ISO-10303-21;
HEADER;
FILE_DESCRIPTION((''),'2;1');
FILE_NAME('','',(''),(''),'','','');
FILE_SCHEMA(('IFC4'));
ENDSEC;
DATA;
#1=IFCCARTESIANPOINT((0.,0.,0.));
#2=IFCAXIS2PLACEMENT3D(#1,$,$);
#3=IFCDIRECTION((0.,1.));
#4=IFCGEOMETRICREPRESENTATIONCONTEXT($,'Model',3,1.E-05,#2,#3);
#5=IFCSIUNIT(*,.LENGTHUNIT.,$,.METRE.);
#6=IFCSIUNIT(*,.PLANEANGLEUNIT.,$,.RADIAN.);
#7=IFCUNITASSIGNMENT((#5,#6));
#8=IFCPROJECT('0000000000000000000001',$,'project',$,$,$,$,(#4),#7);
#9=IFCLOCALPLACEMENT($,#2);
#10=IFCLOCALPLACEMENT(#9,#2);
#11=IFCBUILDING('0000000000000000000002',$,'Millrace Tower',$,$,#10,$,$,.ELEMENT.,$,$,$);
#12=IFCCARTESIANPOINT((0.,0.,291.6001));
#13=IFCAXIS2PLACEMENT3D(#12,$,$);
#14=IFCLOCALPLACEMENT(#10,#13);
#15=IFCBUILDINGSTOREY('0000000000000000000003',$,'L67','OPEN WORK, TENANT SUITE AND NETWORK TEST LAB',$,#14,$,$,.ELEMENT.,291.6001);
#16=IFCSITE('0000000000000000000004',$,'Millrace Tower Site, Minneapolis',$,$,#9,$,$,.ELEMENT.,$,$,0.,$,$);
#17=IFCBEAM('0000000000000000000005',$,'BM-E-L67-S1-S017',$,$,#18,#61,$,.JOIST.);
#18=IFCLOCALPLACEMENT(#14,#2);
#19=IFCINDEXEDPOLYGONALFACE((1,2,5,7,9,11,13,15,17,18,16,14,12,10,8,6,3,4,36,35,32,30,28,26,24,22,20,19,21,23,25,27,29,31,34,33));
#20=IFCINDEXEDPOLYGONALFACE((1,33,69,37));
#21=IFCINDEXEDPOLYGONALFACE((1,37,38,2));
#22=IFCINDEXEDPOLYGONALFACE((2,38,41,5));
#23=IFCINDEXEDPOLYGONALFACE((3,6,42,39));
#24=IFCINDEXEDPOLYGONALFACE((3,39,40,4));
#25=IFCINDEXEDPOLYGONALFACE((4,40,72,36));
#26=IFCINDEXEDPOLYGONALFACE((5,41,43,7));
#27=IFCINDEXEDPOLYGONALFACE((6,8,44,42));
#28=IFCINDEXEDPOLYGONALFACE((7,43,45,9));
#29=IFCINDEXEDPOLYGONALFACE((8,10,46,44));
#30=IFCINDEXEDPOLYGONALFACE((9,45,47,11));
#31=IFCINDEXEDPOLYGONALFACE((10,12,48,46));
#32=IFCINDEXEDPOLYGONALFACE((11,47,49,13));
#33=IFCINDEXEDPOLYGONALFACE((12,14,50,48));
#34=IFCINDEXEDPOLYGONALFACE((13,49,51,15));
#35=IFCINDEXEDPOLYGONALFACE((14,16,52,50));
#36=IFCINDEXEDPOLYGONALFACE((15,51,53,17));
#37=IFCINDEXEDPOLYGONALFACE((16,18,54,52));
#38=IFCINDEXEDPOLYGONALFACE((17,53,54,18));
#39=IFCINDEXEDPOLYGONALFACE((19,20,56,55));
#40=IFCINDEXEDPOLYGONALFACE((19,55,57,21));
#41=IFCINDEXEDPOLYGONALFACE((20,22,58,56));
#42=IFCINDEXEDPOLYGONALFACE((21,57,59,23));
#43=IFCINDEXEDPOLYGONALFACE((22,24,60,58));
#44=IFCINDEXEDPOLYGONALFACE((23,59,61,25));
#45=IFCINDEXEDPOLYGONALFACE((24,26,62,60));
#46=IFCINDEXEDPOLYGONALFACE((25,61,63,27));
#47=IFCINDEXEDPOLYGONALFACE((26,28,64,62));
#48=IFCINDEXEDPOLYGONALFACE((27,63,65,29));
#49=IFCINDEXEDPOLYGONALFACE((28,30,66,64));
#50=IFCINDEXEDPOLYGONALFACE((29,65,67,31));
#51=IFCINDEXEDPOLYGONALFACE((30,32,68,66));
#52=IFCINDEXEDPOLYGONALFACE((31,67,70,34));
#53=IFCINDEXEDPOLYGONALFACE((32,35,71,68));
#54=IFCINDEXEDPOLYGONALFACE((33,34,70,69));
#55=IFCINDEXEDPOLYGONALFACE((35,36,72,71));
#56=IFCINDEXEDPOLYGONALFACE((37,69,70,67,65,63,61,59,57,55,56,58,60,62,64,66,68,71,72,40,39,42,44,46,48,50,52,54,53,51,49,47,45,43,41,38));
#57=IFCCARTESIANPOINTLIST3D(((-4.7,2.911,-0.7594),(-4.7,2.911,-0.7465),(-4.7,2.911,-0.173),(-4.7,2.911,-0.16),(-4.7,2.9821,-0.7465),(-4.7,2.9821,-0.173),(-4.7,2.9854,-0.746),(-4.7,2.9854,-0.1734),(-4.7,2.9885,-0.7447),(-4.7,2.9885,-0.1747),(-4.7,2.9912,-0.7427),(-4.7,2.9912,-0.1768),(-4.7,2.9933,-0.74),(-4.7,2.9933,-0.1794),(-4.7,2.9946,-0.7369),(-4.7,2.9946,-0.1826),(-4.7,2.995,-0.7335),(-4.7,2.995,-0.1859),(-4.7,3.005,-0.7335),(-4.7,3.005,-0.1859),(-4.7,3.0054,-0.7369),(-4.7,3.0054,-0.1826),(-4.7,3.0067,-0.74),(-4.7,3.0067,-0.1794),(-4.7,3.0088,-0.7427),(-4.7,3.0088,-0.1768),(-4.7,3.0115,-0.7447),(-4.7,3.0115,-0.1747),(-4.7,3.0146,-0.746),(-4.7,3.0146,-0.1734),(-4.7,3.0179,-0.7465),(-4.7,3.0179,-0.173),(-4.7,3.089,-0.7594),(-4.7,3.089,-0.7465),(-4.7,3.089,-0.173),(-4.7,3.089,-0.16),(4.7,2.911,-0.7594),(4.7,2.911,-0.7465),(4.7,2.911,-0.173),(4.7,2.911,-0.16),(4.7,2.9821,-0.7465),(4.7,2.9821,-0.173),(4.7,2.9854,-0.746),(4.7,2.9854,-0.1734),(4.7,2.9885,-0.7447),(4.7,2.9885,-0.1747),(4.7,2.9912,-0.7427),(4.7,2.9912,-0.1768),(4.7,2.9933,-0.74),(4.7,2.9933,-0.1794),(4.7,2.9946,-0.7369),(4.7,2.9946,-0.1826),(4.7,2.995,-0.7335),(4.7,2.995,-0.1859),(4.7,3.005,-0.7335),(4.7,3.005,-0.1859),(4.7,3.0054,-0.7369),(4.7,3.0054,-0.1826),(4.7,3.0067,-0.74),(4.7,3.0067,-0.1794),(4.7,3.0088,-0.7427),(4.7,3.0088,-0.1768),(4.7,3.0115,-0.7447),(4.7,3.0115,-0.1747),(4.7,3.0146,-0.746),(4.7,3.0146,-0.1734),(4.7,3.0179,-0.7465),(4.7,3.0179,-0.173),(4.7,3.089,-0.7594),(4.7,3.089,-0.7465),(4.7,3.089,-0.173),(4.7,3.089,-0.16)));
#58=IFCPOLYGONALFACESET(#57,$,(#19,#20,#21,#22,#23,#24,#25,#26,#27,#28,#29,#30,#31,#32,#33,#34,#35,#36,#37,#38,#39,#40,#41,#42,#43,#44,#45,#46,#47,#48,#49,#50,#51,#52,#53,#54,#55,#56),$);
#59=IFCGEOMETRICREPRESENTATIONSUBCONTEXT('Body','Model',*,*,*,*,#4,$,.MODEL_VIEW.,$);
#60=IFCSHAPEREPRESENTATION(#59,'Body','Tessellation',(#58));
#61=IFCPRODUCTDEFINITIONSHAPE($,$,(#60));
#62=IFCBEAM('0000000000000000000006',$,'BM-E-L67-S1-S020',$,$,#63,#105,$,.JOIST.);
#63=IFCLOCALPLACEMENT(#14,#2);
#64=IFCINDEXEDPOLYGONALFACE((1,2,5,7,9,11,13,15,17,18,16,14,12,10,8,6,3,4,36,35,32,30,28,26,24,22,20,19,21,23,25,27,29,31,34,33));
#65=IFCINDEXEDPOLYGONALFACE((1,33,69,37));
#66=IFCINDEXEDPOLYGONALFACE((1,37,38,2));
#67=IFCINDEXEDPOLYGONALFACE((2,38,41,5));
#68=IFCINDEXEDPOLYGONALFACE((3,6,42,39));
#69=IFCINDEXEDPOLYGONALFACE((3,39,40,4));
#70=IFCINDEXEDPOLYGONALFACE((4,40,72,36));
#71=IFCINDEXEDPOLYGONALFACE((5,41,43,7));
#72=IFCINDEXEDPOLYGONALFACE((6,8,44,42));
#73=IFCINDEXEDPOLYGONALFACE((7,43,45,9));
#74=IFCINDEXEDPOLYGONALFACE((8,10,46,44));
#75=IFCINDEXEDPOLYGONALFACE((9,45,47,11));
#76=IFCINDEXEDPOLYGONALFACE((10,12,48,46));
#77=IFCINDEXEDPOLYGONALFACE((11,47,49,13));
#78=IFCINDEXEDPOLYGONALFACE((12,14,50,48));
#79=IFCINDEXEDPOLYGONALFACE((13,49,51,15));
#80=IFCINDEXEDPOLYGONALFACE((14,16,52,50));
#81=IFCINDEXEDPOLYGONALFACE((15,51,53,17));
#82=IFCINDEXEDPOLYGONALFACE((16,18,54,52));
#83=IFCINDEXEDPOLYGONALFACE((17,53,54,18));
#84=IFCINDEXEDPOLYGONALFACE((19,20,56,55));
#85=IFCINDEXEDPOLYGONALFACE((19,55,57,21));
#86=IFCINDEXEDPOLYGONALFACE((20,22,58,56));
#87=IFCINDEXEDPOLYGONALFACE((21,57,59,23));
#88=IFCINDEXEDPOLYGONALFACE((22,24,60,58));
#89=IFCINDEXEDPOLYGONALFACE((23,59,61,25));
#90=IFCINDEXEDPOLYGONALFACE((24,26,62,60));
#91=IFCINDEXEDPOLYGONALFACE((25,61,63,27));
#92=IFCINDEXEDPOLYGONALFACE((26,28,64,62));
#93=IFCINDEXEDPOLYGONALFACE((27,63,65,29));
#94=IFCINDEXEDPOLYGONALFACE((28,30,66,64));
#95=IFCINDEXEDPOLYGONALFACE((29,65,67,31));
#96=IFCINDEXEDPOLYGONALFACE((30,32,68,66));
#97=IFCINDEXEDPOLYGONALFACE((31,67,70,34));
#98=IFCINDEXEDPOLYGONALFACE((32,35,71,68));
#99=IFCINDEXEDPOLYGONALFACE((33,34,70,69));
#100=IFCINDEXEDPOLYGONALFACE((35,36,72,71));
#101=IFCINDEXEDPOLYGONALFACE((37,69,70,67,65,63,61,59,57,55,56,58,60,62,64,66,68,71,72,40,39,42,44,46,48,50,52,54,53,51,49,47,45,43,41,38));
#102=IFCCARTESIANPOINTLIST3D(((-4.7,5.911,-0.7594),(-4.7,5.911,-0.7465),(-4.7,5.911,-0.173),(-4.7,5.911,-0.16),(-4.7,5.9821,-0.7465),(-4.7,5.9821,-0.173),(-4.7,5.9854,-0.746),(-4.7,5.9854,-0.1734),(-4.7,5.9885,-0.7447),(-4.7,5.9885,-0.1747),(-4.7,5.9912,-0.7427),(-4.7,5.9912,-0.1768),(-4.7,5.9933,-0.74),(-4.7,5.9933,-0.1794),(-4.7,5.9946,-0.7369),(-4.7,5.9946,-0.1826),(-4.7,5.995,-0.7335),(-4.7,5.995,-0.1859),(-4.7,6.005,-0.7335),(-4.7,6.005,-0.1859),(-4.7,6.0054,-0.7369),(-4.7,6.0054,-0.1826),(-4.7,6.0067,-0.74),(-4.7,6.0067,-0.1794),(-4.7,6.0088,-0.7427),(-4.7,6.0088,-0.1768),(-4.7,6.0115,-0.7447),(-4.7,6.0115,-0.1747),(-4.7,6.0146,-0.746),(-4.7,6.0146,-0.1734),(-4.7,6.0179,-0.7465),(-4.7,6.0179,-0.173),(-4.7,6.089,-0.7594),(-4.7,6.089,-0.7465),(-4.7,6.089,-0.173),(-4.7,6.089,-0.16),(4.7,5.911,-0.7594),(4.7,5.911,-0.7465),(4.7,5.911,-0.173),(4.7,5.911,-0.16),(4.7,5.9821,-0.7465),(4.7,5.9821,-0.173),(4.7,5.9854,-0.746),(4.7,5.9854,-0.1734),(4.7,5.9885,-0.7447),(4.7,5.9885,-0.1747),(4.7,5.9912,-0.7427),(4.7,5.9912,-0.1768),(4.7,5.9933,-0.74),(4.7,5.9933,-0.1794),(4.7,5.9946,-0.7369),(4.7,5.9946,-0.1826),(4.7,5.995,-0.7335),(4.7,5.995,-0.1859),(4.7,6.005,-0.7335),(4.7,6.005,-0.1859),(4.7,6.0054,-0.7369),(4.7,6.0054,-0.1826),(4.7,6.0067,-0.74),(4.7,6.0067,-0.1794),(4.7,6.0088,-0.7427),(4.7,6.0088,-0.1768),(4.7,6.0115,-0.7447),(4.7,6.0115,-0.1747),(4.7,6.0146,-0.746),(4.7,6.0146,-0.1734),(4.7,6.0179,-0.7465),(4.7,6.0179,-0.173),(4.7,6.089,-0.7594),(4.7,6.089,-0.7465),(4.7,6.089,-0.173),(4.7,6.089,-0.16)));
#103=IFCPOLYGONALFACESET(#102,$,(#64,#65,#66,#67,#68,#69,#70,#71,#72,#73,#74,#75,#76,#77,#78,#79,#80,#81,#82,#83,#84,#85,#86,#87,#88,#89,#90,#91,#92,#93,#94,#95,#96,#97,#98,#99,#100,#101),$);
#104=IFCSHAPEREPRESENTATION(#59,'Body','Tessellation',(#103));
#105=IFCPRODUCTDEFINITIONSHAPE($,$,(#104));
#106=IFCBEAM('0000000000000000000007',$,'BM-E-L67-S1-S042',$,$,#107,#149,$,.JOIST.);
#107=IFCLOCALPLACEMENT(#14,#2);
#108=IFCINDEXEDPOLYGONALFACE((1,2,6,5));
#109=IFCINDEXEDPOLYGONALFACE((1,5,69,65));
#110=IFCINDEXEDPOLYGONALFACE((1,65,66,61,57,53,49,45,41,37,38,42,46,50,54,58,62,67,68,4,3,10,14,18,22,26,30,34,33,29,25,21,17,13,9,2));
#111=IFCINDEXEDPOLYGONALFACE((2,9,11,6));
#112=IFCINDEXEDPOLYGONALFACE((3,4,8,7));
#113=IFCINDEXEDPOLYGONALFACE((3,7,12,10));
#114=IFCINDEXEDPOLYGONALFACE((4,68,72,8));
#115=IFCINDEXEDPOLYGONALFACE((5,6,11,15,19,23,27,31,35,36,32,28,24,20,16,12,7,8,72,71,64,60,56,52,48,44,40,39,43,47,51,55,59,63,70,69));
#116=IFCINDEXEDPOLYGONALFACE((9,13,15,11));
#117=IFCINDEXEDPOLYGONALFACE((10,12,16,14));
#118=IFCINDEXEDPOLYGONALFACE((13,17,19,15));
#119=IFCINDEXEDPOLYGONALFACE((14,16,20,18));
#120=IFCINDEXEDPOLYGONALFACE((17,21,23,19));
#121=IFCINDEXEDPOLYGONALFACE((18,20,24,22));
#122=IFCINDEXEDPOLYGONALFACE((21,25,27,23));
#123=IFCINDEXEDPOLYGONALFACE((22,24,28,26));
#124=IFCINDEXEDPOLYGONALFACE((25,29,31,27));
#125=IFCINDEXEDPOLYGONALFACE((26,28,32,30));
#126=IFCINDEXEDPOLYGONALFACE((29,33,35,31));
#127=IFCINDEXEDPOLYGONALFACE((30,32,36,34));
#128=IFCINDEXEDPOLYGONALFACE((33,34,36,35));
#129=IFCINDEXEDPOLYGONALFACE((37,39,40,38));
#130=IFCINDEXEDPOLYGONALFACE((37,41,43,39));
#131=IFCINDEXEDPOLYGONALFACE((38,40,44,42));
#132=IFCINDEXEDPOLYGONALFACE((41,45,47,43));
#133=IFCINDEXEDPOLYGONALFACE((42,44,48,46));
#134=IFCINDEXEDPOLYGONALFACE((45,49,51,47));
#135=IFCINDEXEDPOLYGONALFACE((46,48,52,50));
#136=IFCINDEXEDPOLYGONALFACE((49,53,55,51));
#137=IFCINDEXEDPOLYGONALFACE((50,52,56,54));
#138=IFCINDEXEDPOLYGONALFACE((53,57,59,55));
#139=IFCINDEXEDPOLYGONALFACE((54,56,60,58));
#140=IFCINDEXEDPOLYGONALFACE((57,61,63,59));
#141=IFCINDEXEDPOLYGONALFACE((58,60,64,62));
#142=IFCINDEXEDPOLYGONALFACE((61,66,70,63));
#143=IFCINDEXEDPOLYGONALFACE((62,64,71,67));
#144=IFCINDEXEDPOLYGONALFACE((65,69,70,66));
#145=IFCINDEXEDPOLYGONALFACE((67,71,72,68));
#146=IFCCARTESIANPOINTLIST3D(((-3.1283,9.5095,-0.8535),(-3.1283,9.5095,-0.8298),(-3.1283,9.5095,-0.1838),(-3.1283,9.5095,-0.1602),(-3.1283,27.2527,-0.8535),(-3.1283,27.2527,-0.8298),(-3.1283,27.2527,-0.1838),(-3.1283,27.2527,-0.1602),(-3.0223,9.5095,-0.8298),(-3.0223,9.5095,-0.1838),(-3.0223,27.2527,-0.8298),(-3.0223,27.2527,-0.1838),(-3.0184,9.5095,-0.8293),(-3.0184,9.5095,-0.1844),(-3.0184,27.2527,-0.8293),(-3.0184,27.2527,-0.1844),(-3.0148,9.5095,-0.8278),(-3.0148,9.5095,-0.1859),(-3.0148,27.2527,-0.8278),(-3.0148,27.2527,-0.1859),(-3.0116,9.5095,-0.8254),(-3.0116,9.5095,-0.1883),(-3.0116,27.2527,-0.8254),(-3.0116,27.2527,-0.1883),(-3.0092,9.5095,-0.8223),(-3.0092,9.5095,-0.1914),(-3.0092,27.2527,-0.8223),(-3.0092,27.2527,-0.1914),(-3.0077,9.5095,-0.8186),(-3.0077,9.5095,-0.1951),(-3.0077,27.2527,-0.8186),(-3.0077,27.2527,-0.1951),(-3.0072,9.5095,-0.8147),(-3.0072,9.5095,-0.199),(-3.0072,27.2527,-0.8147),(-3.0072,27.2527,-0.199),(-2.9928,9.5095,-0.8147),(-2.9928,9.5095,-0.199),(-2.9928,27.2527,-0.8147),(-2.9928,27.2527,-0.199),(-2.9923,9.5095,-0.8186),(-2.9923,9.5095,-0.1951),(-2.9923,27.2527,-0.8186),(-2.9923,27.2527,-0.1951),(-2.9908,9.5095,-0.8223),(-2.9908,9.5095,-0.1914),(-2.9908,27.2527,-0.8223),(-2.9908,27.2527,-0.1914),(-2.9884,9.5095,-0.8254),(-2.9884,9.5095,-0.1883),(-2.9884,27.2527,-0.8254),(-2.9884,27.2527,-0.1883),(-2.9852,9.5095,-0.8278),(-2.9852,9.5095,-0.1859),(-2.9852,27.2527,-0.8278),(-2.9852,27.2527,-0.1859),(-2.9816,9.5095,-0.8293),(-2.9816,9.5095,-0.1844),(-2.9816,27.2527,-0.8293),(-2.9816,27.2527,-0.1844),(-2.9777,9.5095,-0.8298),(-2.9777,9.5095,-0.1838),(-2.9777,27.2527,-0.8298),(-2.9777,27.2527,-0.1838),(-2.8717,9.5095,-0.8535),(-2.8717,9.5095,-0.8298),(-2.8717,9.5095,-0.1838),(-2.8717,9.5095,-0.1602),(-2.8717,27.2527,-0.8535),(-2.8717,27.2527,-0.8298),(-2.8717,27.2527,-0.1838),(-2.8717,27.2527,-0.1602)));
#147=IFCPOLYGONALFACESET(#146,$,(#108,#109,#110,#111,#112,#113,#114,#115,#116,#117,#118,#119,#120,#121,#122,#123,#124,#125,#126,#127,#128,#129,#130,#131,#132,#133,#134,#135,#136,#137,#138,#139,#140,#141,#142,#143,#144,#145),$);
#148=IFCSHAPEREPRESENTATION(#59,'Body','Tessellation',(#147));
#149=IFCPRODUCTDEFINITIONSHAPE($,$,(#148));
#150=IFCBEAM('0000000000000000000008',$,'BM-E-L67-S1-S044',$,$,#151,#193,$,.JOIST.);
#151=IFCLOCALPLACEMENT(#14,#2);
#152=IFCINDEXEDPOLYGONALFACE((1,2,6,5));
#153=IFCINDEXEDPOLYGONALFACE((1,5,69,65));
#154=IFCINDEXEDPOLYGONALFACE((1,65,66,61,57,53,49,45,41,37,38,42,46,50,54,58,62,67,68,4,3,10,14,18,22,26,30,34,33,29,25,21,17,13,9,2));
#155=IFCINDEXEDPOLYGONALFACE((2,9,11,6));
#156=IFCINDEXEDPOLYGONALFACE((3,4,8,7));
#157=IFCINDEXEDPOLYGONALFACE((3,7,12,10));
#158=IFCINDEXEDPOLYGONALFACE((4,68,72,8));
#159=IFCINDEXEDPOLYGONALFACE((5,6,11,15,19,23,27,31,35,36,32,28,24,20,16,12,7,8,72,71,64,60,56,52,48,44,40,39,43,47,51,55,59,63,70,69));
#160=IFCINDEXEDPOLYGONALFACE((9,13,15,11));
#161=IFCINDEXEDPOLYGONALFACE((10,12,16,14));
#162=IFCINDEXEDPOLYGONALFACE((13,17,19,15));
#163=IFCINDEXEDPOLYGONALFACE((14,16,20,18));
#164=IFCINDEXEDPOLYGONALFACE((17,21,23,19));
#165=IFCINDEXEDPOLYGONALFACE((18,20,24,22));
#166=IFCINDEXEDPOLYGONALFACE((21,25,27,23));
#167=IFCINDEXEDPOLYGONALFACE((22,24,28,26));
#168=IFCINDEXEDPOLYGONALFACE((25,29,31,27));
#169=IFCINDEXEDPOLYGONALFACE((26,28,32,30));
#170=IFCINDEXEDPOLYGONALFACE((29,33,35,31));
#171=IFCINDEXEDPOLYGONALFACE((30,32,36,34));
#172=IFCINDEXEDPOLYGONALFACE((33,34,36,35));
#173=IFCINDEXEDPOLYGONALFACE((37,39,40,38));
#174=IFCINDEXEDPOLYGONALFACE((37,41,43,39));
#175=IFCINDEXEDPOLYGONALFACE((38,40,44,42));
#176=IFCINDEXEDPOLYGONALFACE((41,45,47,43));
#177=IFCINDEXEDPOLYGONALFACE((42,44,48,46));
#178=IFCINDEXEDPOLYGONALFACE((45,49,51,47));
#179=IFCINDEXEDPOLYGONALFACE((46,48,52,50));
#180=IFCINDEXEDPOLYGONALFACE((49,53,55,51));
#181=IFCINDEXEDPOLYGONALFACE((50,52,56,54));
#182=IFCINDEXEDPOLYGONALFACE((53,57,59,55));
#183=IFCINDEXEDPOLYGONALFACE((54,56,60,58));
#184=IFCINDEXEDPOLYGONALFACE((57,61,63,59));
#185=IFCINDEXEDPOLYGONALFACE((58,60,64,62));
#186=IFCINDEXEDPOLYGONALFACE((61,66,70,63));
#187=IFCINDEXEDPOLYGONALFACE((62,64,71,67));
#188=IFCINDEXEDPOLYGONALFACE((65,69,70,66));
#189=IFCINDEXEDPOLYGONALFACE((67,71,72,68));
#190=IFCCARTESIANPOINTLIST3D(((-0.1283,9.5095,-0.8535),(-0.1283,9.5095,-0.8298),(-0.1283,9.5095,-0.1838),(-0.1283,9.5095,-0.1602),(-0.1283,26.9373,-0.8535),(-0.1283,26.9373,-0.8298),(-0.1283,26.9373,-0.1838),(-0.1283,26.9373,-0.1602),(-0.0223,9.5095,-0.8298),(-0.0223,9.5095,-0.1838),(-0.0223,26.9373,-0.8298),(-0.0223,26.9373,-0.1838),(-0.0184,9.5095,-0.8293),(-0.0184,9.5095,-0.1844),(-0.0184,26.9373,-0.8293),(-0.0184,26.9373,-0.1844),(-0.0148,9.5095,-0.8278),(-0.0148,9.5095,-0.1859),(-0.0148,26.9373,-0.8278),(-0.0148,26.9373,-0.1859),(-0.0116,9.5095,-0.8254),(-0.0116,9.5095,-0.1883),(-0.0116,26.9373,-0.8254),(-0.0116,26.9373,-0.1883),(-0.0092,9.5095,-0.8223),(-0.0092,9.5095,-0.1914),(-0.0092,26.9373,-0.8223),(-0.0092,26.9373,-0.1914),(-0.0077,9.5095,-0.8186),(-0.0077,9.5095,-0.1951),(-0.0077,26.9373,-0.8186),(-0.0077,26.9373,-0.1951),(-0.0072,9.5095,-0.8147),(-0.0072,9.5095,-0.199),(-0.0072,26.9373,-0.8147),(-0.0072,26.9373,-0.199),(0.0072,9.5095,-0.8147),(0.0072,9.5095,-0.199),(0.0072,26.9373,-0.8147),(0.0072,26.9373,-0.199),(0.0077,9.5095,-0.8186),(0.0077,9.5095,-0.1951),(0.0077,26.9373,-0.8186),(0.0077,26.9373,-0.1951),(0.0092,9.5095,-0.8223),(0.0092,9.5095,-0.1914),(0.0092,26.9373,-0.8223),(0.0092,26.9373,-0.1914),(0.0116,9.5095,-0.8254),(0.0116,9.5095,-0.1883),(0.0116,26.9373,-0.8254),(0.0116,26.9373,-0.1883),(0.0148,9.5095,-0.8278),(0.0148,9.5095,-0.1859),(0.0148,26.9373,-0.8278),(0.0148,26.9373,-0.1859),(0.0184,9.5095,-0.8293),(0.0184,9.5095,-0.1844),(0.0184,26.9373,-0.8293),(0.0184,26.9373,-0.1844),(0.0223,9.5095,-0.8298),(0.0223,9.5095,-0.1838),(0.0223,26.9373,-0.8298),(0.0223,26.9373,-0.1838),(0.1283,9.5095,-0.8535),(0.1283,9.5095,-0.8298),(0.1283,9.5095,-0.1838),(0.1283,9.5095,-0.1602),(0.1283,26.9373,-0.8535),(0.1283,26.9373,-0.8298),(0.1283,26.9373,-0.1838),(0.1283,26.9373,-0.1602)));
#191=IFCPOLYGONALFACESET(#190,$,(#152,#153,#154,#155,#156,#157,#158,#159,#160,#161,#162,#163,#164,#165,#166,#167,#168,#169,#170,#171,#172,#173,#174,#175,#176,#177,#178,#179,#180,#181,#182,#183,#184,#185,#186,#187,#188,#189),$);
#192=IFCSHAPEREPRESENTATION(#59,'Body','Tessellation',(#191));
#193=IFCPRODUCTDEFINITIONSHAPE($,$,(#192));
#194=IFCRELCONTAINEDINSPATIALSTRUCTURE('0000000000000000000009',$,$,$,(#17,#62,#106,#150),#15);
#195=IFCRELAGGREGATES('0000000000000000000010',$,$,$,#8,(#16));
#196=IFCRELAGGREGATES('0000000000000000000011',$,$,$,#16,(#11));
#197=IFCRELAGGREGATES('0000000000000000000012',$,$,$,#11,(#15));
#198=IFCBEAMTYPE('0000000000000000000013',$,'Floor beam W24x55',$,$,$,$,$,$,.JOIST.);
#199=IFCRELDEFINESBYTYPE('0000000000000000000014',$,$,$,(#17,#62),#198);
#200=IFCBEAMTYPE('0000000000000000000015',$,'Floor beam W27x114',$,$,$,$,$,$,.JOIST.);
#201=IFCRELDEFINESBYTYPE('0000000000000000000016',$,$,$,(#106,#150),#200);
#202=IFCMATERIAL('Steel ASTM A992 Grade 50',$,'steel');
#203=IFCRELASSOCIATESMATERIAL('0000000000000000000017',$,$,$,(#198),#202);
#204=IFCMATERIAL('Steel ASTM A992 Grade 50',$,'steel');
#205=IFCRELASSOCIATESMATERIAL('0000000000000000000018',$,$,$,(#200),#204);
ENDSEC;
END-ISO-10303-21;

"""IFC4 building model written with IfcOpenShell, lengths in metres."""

from ifc_helpers import new_model, si_unit, direction, frame, origin, origin_2d, place, context, subcontext, project, spatial, i_section, extrude, material, material_profile, profile_set, type_object, element, save


model = new_model("IFC4")

# Units and contexts
model_context = context("Model", 3, precision=1e-05, world=origin(), true_north=direction((0.0, 1.0)))
body_context = subcontext(model_context, "Body", "Model", "MODEL_VIEW")
ifc_project = project(units=[si_unit("LENGTHUNIT", "METRE"), si_unit("PLANEANGLEUNIT", "RADIAN")], contexts=[model_context])

# Site, building, storey
site_placement = place(None, origin())
site = spatial("IfcSite", under=ifc_project, at=site_placement, Name="Millrace Tower Site, Minneapolis", CompositionType="ELEMENT", RefElevation=0.0)
building_placement = place(site_placement, origin())
building = spatial("IfcBuilding", under=site, at=building_placement, Name="Millrace Tower", CompositionType="ELEMENT")
storey_placement = place(building_placement, frame((0.0, 0.0, 291.6001)))
storey = spatial("IfcBuildingStorey", under=building, at=storey_placement, Name="L67", Description="OPEN WORK, TENANT SUITE AND NETWORK TEST LAB", CompositionType="ELEMENT", Elevation=291.6001)

# Beams
ifc_material_1 = material(Name="Steel ASTM A992 Grade 50", Category="steel")
ifc_material_profile_1 = material_profile(ifc_material_1, i_section(OverallWidth=0.178, OverallDepth=0.5994, WebThickness=0.01, FlangeThickness=0.0129, FilletRadius=0.0129, at=origin_2d()))
ifc_profile_set_1 = profile_set([ifc_material_profile_1], Name="Steel ASTM A992 Grade 50")
beam_type_1 = type_object("IfcBeamType", Name="Floor beam W24x55", PredefinedType="JOIST", material=ifc_profile_set_1)
for number, where, z_axis, x_axis, name in (
    (1, (-4.7, 3.0, -0.4597), (1.0, 0.0, 0.0), (0.0, 1.0, 0.0), "BM-E-L67-S1-S017"),
    (2, (-4.7, 6.0, -0.4597), (1.0, 0.0, 0.0), (0.0, 1.0, 0.0), "BM-E-L67-S1-S020"),
):
    element("IfcBeam", number, at=place(storey_placement, frame(where, z_axis=z_axis, x_axis=x_axis)), inside=storey, type_object=beam_type_1, Name=name, PredefinedType="JOIST", context=body_context, shape_type="SweptSolid", body=[
        extrude(i_section(OverallWidth=0.178, OverallDepth=0.5994, WebThickness=0.01, FlangeThickness=0.0129, FilletRadius=0.0129, at=origin_2d()), origin(), (0.0, 0.0, 1.0), 9.3999),
    ])
ifc_material_2 = material(Name="Steel ASTM A992 Grade 50", Category="steel")
ifc_material_profile_2 = material_profile(ifc_material_2, i_section(OverallWidth=0.2566, OverallDepth=0.6934, WebThickness=0.0144, FlangeThickness=0.0237, FilletRadius=0.0151, at=origin_2d()))
ifc_profile_set_2 = profile_set([ifc_material_profile_2], Name="Steel ASTM A992 Grade 50")
beam_type_2 = type_object("IfcBeamType", Name="Floor beam W27x114", PredefinedType="JOIST", material=ifc_profile_set_2)
beam_1_placement = place(storey_placement, frame((-3.0, 9.5095, -0.5068), z_axis=(0.0, 1.0, 0.0), x_axis=(-1.0, 0.0, 0.0)))
element("IfcBeam", 3, at=beam_1_placement, inside=storey, type_object=beam_type_2, Name="BM-E-L67-S1-S042", PredefinedType="JOIST", context=body_context, shape_type="SweptSolid", body=[
    extrude(i_section(OverallWidth=0.2566, OverallDepth=0.6934, WebThickness=0.0144, FlangeThickness=0.0237, FilletRadius=0.0151, at=origin_2d()), origin(), (0.0, 0.0, 1.0), 17.7432),
])
beam_2_placement = place(storey_placement, frame((0.0, 9.5095, -0.5068), z_axis=(0.0, 1.0, 0.0), x_axis=(-1.0, 0.0, 0.0)))
element("IfcBeam", 4, at=beam_2_placement, inside=storey, type_object=beam_type_2, Name="BM-E-L67-S1-S044", PredefinedType="JOIST", context=body_context, shape_type="SweptSolid", body=[
    extrude(i_section(OverallWidth=0.2566, OverallDepth=0.6934, WebThickness=0.0144, FlangeThickness=0.0237, FilletRadius=0.0151, at=origin_2d()), origin(), (0.0, 0.0, 1.0), 17.4277),
])

save(model, "model.ifc")
